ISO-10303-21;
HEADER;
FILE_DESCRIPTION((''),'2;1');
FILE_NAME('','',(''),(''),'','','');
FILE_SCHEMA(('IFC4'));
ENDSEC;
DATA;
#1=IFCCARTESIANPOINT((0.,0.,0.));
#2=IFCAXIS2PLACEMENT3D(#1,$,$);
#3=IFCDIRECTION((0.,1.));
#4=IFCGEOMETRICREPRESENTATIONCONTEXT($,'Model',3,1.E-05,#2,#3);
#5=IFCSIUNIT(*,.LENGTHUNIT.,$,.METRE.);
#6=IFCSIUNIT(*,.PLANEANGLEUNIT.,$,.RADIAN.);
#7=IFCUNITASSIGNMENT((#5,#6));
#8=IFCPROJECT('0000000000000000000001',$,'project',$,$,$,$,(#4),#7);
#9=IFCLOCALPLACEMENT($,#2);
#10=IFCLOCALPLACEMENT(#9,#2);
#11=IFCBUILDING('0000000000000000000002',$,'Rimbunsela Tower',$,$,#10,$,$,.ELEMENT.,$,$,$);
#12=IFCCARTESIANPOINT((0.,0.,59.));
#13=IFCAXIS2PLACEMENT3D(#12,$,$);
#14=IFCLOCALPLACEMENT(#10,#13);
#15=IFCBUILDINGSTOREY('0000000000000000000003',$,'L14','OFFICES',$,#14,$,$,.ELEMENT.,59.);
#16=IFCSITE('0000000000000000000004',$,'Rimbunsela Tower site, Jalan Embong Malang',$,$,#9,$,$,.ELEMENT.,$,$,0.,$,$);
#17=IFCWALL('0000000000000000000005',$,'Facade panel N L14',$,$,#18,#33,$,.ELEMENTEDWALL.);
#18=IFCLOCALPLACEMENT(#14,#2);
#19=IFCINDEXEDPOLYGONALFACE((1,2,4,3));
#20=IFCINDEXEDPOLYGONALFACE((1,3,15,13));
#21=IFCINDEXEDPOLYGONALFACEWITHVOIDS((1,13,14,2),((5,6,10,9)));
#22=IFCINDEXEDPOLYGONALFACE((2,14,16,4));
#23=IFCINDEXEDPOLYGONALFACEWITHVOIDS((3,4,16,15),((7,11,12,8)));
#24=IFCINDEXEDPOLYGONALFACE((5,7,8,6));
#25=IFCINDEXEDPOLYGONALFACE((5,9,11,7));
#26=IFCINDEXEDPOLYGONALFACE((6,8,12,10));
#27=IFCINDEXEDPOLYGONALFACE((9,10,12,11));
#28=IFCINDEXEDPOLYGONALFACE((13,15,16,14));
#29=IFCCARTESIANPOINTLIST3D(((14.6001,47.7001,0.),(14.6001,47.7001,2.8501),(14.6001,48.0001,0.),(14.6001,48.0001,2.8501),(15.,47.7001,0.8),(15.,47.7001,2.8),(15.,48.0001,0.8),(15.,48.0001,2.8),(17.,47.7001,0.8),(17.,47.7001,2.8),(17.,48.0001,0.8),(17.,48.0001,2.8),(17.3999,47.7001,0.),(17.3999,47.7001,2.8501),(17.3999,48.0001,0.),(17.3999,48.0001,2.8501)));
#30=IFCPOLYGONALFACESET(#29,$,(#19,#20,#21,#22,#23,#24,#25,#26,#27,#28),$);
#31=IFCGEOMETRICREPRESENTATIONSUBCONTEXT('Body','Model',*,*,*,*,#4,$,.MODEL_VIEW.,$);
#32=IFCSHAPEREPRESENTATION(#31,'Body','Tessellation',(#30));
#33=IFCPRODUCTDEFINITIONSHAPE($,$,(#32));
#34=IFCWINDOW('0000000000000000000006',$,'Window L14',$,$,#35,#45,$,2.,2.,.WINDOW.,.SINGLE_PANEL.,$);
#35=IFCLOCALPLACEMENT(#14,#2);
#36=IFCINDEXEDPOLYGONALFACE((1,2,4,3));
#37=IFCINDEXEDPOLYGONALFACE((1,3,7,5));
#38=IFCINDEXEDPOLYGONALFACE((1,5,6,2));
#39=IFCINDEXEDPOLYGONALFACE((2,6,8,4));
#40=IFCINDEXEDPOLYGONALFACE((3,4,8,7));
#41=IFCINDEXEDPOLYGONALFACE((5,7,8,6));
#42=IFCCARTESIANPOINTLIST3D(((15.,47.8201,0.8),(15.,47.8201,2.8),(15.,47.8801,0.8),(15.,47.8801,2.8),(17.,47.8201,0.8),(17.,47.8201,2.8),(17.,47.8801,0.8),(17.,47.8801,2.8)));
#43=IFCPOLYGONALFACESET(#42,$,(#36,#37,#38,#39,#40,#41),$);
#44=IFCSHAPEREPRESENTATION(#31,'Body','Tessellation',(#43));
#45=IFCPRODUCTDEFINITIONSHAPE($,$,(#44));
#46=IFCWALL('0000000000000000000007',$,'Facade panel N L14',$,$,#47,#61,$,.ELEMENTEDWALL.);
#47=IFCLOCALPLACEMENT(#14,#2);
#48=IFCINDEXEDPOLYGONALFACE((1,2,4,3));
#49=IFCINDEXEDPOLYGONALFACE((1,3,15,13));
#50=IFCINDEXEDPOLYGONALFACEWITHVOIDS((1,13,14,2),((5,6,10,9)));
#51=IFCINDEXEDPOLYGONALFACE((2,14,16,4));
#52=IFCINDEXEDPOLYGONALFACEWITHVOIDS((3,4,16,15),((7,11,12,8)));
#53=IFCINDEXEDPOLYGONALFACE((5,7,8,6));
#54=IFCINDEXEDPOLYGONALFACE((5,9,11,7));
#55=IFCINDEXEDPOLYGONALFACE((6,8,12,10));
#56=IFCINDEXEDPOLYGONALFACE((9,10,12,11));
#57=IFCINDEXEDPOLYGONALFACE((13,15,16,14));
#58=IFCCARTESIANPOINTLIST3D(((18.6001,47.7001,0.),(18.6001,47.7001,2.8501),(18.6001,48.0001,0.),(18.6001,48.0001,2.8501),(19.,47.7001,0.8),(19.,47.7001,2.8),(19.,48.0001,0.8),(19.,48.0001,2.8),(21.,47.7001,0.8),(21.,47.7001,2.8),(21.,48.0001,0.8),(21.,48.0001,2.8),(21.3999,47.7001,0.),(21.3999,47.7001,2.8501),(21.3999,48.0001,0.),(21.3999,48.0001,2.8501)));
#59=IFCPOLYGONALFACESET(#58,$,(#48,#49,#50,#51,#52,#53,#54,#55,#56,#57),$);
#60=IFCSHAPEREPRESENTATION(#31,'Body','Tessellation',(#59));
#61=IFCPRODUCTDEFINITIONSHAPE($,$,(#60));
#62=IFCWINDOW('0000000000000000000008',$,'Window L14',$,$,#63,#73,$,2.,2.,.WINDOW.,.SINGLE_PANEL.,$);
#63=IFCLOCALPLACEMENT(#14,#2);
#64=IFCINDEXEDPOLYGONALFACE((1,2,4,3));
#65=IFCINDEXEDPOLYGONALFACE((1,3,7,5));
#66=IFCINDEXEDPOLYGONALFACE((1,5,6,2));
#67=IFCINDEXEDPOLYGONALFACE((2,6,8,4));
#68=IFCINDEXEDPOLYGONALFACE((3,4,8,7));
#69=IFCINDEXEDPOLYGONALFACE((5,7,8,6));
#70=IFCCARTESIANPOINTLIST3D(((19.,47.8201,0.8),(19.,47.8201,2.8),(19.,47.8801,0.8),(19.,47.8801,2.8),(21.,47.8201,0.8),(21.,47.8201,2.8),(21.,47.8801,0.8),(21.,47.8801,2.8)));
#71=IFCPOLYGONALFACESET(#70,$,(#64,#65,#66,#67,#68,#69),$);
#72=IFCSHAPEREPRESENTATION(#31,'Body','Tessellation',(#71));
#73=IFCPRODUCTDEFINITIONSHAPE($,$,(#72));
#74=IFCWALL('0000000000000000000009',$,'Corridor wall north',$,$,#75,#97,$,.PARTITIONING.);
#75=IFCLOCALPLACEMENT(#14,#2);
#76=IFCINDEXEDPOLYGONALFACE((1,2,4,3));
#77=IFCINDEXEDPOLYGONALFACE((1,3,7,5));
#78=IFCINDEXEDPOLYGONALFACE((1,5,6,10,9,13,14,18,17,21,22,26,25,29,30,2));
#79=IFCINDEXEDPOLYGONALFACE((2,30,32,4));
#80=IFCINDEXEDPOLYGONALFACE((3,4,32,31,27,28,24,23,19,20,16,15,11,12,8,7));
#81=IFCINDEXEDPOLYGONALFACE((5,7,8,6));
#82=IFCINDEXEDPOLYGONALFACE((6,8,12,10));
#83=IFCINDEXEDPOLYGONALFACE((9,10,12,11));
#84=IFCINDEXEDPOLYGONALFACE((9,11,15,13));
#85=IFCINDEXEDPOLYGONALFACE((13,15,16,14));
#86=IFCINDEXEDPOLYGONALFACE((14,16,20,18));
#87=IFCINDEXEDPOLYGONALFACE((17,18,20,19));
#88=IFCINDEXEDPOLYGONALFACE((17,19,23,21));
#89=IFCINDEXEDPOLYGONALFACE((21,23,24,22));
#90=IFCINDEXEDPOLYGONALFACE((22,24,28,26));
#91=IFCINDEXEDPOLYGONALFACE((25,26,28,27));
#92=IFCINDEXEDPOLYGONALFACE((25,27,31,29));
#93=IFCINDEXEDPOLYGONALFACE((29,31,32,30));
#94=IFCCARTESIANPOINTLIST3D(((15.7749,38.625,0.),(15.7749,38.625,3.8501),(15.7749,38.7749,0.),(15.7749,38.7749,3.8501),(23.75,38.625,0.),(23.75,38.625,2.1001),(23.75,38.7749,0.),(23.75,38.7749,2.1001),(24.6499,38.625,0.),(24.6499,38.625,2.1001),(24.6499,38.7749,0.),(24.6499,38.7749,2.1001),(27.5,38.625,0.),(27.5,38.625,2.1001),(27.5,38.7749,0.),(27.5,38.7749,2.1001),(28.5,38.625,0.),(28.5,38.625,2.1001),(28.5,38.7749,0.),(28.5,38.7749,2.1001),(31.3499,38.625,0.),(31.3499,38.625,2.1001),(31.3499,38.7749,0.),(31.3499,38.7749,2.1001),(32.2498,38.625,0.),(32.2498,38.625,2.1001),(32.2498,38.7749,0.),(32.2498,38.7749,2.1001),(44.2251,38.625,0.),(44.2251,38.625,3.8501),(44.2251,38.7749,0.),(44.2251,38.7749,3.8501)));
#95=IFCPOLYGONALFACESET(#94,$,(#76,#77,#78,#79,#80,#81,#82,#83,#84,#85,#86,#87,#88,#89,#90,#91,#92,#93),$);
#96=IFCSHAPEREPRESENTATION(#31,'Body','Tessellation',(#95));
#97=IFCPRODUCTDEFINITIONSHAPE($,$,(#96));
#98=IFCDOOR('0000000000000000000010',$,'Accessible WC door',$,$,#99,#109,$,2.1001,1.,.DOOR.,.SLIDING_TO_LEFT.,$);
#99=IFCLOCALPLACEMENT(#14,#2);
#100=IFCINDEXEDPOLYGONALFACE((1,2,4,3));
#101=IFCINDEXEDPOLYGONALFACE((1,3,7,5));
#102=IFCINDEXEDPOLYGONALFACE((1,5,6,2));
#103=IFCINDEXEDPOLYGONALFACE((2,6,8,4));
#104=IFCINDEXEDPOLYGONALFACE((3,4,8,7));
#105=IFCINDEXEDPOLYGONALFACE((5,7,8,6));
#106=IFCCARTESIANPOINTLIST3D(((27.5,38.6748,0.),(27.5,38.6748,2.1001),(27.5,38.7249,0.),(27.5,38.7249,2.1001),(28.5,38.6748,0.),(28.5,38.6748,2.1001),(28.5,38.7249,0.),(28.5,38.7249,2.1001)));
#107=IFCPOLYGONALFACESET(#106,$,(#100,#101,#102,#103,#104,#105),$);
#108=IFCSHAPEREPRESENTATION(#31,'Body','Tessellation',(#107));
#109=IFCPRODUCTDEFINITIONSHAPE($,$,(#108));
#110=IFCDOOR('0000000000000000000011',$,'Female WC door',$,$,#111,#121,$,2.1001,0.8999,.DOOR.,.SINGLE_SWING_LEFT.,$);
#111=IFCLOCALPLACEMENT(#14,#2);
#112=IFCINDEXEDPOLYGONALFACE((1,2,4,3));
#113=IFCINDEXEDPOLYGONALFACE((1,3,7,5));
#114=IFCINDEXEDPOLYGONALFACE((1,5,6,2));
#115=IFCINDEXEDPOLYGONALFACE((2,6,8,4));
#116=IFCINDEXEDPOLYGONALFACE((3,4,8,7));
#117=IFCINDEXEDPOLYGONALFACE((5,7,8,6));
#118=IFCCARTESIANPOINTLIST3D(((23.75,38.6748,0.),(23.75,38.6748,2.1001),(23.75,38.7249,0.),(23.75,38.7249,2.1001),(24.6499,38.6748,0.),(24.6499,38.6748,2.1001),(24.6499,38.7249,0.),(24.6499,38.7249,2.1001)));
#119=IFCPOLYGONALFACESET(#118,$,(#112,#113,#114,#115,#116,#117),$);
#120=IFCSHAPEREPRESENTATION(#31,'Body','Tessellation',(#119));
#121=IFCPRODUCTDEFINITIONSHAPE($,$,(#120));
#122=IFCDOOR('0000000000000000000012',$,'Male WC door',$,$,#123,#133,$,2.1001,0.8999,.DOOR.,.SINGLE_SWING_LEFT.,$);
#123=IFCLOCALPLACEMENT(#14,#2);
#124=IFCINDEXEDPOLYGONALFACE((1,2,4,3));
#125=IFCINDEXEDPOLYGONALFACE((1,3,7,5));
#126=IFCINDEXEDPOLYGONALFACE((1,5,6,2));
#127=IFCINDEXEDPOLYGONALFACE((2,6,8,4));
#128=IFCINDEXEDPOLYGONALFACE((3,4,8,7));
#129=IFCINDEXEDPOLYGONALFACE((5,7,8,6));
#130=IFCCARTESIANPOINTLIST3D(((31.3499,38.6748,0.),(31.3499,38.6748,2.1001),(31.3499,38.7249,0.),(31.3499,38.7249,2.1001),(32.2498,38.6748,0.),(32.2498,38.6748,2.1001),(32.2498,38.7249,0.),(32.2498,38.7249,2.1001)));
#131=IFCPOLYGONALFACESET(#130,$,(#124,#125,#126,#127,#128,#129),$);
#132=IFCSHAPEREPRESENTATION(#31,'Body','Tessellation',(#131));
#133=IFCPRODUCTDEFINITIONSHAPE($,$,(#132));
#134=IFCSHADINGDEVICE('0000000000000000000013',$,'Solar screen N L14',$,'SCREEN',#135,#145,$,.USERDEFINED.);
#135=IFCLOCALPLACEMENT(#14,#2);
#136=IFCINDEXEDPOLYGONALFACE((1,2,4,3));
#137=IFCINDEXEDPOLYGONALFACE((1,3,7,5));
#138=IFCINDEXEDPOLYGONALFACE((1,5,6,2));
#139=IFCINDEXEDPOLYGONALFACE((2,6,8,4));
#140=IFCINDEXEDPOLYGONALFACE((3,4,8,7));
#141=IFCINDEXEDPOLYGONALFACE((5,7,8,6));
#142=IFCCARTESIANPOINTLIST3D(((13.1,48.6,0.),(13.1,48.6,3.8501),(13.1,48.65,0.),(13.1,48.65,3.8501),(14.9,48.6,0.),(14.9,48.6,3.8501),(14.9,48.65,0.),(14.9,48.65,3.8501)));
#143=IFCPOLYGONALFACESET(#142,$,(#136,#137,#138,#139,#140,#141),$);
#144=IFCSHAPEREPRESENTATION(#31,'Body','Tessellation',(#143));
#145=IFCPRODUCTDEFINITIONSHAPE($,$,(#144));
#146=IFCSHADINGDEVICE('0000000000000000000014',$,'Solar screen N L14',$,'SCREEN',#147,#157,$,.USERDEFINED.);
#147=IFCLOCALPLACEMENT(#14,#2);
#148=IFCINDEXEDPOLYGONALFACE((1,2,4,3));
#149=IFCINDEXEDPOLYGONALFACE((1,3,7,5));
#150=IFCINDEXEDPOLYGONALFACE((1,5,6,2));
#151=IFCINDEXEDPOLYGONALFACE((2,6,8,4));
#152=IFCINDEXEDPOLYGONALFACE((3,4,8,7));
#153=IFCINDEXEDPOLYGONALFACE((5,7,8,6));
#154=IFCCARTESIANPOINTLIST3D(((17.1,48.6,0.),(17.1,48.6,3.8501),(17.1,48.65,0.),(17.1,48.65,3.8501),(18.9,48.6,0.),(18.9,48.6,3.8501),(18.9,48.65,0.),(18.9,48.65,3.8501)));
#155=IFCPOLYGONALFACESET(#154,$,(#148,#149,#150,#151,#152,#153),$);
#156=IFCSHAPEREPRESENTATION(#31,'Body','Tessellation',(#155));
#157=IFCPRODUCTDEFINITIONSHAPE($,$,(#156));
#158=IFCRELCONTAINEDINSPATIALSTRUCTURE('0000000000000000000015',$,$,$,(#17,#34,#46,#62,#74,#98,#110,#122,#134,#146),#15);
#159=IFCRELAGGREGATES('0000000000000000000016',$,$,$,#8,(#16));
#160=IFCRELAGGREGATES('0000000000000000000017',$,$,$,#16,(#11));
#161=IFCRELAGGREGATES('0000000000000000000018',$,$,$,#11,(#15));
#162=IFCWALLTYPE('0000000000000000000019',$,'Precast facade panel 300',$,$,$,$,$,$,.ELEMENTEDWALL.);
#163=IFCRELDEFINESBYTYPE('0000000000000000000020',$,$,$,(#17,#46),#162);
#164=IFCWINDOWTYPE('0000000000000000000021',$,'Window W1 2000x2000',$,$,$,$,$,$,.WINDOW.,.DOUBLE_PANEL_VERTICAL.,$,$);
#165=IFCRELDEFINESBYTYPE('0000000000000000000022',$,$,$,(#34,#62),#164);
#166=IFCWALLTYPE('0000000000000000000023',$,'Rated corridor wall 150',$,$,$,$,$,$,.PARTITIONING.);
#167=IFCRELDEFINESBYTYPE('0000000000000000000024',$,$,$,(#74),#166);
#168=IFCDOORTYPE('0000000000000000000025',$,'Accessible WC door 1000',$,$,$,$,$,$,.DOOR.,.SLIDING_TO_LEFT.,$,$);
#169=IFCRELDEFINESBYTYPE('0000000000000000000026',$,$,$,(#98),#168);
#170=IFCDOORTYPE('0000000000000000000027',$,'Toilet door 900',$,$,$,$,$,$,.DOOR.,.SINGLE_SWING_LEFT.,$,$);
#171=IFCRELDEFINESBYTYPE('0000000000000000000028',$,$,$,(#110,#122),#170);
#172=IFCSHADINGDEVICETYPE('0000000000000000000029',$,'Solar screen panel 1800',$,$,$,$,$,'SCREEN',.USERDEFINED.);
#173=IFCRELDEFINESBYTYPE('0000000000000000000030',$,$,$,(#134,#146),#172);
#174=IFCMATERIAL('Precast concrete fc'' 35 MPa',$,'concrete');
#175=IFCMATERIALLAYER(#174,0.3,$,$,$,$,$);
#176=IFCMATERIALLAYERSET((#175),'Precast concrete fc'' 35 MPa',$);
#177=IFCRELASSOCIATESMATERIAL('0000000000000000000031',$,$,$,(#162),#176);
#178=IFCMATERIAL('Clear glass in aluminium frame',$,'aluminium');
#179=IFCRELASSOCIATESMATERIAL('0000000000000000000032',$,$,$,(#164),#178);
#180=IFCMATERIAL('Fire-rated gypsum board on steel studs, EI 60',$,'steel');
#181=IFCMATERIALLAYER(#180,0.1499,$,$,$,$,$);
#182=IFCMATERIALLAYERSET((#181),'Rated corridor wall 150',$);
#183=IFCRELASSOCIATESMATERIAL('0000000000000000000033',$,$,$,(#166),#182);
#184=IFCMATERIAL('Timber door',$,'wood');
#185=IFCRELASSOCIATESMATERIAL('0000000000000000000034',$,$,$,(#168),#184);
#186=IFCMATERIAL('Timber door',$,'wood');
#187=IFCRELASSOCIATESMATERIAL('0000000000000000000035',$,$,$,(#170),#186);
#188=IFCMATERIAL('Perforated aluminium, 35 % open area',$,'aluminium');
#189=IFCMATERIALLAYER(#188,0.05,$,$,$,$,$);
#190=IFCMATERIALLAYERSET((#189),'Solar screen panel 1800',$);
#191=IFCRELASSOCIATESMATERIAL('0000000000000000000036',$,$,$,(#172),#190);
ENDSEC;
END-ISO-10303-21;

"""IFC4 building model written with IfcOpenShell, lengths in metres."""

from ifc_helpers import new_model, si_unit, direction, frame, frame_2d, origin, origin_2d, place, context, subcontext, project, spatial, rectangle, extrude, material, layer, layer_set, type_object, element, fill, save


model = new_model("IFC4")

# Units and contexts
model_context = context("Model", 3, precision=1e-05, world=origin(), true_north=direction((0.0, 1.0)))
body_context = subcontext(model_context, "Body", "Model", "MODEL_VIEW")
ifc_project = project(units=[si_unit("LENGTHUNIT", "METRE"), si_unit("PLANEANGLEUNIT", "RADIAN")], contexts=[model_context])

# Site, building, storey
site_placement = place(None, origin())
site = spatial("IfcSite", under=ifc_project, at=site_placement, Name="Rimbunsela Tower site, Jalan Embong Malang", CompositionType="ELEMENT", RefElevation=0.0)
building_placement = place(site_placement, origin())
building = spatial("IfcBuilding", under=site, at=building_placement, Name="Rimbunsela Tower", CompositionType="ELEMENT")
storey_placement = place(building_placement, frame((0.0, 0.0, 59.0)))
storey = spatial("IfcBuildingStorey", under=building, at=storey_placement, Name="L14", Description="OFFICES", CompositionType="ELEMENT", Elevation=59.0)

# Walls, openings, windows
ifc_material_1 = material(Name="Precast concrete fc' 35 MPa", Category="concrete")
ifc_layer_1 = layer(ifc_material_1, 0.3)
ifc_layer_set_1 = layer_set([ifc_layer_1], Name="Precast concrete fc' 35 MPa")
wall_type_1 = type_object("IfcWallType", Name="Precast facade panel 300", PredefinedType="ELEMENTEDWALL", material=ifc_layer_set_1)
wall_1_placement = place(storey_placement, frame((17.3999, 47.8501, 0.0), z_axis=(0.0, 0.0, 1.0), x_axis=(-1.0, 0.0, 0.0)))
wall_1 = element("IfcWall", 1, at=wall_1_placement, inside=storey, type_object=wall_type_1, Name="Facade panel N L14", PredefinedType="ELEMENTEDWALL", context=body_context, shape_type="SweptSolid", body=[
    extrude(rectangle(XDim=2.7998, YDim=0.3, at=frame_2d((1.3999, 0.0))), origin(), (0.0, 0.0, 1.0), 2.8501),
])
opening_1_placement = place(wall_1_placement, frame((0.3999, 0.0, 0.8)))
opening_1 = element("IfcOpeningElement", 2, at=opening_1_placement, cuts=wall_1, PredefinedType="OPENING", context=body_context, shape_type="SweptSolid", body=[
    extrude(rectangle(XDim=2.0, YDim=2.0, at=frame_2d((1.0, 1.0))), frame((0.0, 0.1599, 0.0), z_axis=(0.0, -1.0, 0.0), x_axis=(1.0, 0.0, 0.0)), (0.0, 0.0, 1.0), 0.3201),
])
ifc_material_2 = material(Name="Clear glass in aluminium frame", Category="aluminium")
window_type = type_object("IfcWindowType", Name="Window W1 2000x2000", PartitioningType="DOUBLE_PANEL_VERTICAL", PredefinedType="WINDOW", material=ifc_material_2)
window_1_placement = place(opening_1_placement, origin())
window_1 = element("IfcWindow", 3, at=window_1_placement, inside=storey, type_object=window_type, Name="Window L14", OverallHeight=2.0, OverallWidth=2.0, PartitioningType="SINGLE_PANEL", PredefinedType="WINDOW", context=body_context, shape_type="SweptSolid", body=[
    extrude(rectangle(XDim=2.0, YDim=2.0, at=frame_2d((1.0, 1.0))), frame((0.0, 0.03, 0.0), z_axis=(0.0, -1.0, 0.0), x_axis=(1.0, 0.0, 0.0)), (0.0, 0.0, 1.0), 0.0601),
])
fill(opening_1, window_1)
wall_2_placement = place(storey_placement, frame((21.3999, 47.8501, 0.0), z_axis=(0.0, 0.0, 1.0), x_axis=(-1.0, 0.0, 0.0)))
wall_2 = element("IfcWall", 4, at=wall_2_placement, inside=storey, type_object=wall_type_1, Name="Facade panel N L14", PredefinedType="ELEMENTEDWALL", context=body_context, shape_type="SweptSolid", body=[
    extrude(rectangle(XDim=2.7998, YDim=0.3, at=frame_2d((1.3999, 0.0))), origin(), (0.0, 0.0, 1.0), 2.8501),
])
opening_2_placement = place(wall_2_placement, frame((0.3999, 0.0, 0.8)))
opening_2 = element("IfcOpeningElement", 5, at=opening_2_placement, cuts=wall_2, PredefinedType="OPENING", context=body_context, shape_type="SweptSolid", body=[
    extrude(rectangle(XDim=2.0, YDim=2.0, at=frame_2d((1.0, 1.0))), frame((0.0, 0.1599, 0.0), z_axis=(0.0, -1.0, 0.0), x_axis=(1.0, 0.0, 0.0)), (0.0, 0.0, 1.0), 0.3201),
])
window_2_placement = place(opening_2_placement, origin())
window_2 = element("IfcWindow", 6, at=window_2_placement, inside=storey, type_object=window_type, Name="Window L14", OverallHeight=2.0, OverallWidth=2.0, PartitioningType="SINGLE_PANEL", PredefinedType="WINDOW", context=body_context, shape_type="SweptSolid", body=[
    extrude(rectangle(XDim=2.0, YDim=2.0, at=frame_2d((1.0, 1.0))), frame((0.0, 0.03, 0.0), z_axis=(0.0, -1.0, 0.0), x_axis=(1.0, 0.0, 0.0)), (0.0, 0.0, 1.0), 0.0601),
])
fill(opening_2, window_2)

# Wall, openings, doors
ifc_material_3 = material(Name="Fire-rated gypsum board on steel studs, EI 60", Category="steel")
ifc_layer_2 = layer(ifc_material_3, 0.1499)
ifc_layer_set_2 = layer_set([ifc_layer_2], Name="Rated corridor wall 150")
wall_type_2 = type_object("IfcWallType", Name="Rated corridor wall 150", PredefinedType="PARTITIONING", material=ifc_layer_set_2)
wall_3_placement = place(storey_placement, frame((15.7749, 38.7, 0.0), z_axis=(0.0, 0.0, 1.0), x_axis=(1.0, 0.0, 0.0)))
wall_3 = element("IfcWall", 7, at=wall_3_placement, inside=storey, type_object=wall_type_2, Name="Corridor wall north", PredefinedType="PARTITIONING", context=body_context, shape_type="SweptSolid", body=[
    extrude(rectangle(XDim=28.4502, YDim=0.1499, at=frame_2d((14.2251, 0.0))), origin(), (0.0, 0.0, 1.0), 3.8501),
])
opening_3_placement = place(wall_3_placement, frame((7.9751, 0.0, 0.0)))
opening_3 = element("IfcOpeningElement", 8, at=opening_3_placement, cuts=wall_3, PredefinedType="OPENING", context=body_context, shape_type="SweptSolid", body=[
    extrude(rectangle(XDim=0.8999, YDim=2.1001, at=frame_2d((0.45, 1.05))), frame((0.0, 0.085, 0.0), z_axis=(0.0, -1.0, 0.0), x_axis=(1.0, 0.0, 0.0)), (0.0, 0.0, 1.0), 0.1699),
])
opening_4_placement = place(wall_3_placement, frame((11.7251, 0.0, 0.0)))
opening_4 = element("IfcOpeningElement", 9, at=opening_4_placement, cuts=wall_3, PredefinedType="OPENING", context=body_context, shape_type="SweptSolid", body=[
    extrude(rectangle(XDim=1.0, YDim=2.1001, at=frame_2d((0.5, 1.05))), frame((0.0, 0.085, 0.0), z_axis=(0.0, -1.0, 0.0), x_axis=(1.0, 0.0, 0.0)), (0.0, 0.0, 1.0), 0.1699),
])
opening_5_placement = place(wall_3_placement, frame((15.575, 0.0, 0.0)))
opening_5 = element("IfcOpeningElement", 10, at=opening_5_placement, cuts=wall_3, PredefinedType="OPENING", context=body_context, shape_type="SweptSolid", body=[
    extrude(rectangle(XDim=0.8999, YDim=2.1001, at=frame_2d((0.45, 1.05))), frame((0.0, 0.085, 0.0), z_axis=(0.0, -1.0, 0.0), x_axis=(1.0, 0.0, 0.0)), (0.0, 0.0, 1.0), 0.1699),
])
ifc_material_4 = material(Name="Timber door", Category="wood")
door_type_1 = type_object("IfcDoorType", Name="Accessible WC door 1000", OperationType="SLIDING_TO_LEFT", PredefinedType="DOOR", material=ifc_material_4)
door_1_placement = place(opening_4_placement, origin())
door_1 = element("IfcDoor", 11, at=door_1_placement, inside=storey, type_object=door_type_1, Name="Accessible WC door", OperationType="SLIDING_TO_LEFT", OverallHeight=2.1001, OverallWidth=1.0, PredefinedType="DOOR", context=body_context, shape_type="SweptSolid", body=[
    extrude(rectangle(XDim=1.0, YDim=2.1001, at=frame_2d((0.5, 1.05))), frame((0.0, 0.0249, 0.0), z_axis=(0.0, -1.0, 0.0), x_axis=(1.0, 0.0, 0.0)), (0.0, 0.0, 1.0), 0.05),
])
fill(opening_4, door_1)
ifc_material_5 = material(Name="Timber door", Category="wood")
door_type_2 = type_object("IfcDoorType", Name="Toilet door 900", OperationType="SINGLE_SWING_LEFT", PredefinedType="DOOR", material=ifc_material_5)
door_2_placement = place(opening_3_placement, origin())
door_2 = element("IfcDoor", 12, at=door_2_placement, inside=storey, type_object=door_type_2, Name="Female WC door", OperationType="SINGLE_SWING_LEFT", OverallHeight=2.1001, OverallWidth=0.8999, PredefinedType="DOOR", context=body_context, shape_type="SweptSolid", body=[
    extrude(rectangle(XDim=0.8999, YDim=2.1001, at=frame_2d((0.45, 1.05))), frame((0.0, 0.0249, 0.0), z_axis=(0.0, -1.0, 0.0), x_axis=(1.0, 0.0, 0.0)), (0.0, 0.0, 1.0), 0.05),
])
fill(opening_3, door_2)
door_3_placement = place(opening_5_placement, origin())
door_3 = element("IfcDoor", 13, at=door_3_placement, inside=storey, type_object=door_type_2, Name="Male WC door", OperationType="SINGLE_SWING_LEFT", OverallHeight=2.1001, OverallWidth=0.8999, PredefinedType="DOOR", context=body_context, shape_type="SweptSolid", body=[
    extrude(rectangle(XDim=0.8999, YDim=2.1001, at=frame_2d((0.45, 1.05))), frame((0.0, 0.0249, 0.0), z_axis=(0.0, -1.0, 0.0), x_axis=(1.0, 0.0, 0.0)), (0.0, 0.0, 1.0), 0.05),
])
fill(opening_5, door_3)

# Shading devices
ifc_material_6 = material(Name="Perforated aluminium, 35 % open area", Category="aluminium")
ifc_layer_3 = layer(ifc_material_6, 0.05)
ifc_layer_set_3 = layer_set([ifc_layer_3], Name="Solar screen panel 1800")
shading_device_type = type_object("IfcShadingDeviceType", Name="Solar screen panel 1800", ElementType="SCREEN", PredefinedType="USERDEFINED", material=ifc_layer_set_3)
for number, where, z_axis, x_axis, name in (
    (14, (14.0, 48.625, 0.0), (0.0, 0.0, 1.0), (1.0, 0.0, 0.0), "Solar screen N L14"),
    (15, (18.0, 48.625, 0.0), (0.0, 0.0, 1.0), (1.0, 0.0, 0.0), "Solar screen N L14"),
):
    element("IfcShadingDevice", number, at=place(storey_placement, frame(where, z_axis=z_axis, x_axis=x_axis)), inside=storey, type_object=shading_device_type, Name=name, ObjectType="SCREEN", PredefinedType="USERDEFINED", context=body_context, shape_type="SweptSolid", body=[
        extrude(rectangle(XDim=1.8, YDim=0.05, at=origin_2d()), origin(), (0.0, 0.0, 1.0), 3.8501),
    ])

save(model, "model.ifc")
